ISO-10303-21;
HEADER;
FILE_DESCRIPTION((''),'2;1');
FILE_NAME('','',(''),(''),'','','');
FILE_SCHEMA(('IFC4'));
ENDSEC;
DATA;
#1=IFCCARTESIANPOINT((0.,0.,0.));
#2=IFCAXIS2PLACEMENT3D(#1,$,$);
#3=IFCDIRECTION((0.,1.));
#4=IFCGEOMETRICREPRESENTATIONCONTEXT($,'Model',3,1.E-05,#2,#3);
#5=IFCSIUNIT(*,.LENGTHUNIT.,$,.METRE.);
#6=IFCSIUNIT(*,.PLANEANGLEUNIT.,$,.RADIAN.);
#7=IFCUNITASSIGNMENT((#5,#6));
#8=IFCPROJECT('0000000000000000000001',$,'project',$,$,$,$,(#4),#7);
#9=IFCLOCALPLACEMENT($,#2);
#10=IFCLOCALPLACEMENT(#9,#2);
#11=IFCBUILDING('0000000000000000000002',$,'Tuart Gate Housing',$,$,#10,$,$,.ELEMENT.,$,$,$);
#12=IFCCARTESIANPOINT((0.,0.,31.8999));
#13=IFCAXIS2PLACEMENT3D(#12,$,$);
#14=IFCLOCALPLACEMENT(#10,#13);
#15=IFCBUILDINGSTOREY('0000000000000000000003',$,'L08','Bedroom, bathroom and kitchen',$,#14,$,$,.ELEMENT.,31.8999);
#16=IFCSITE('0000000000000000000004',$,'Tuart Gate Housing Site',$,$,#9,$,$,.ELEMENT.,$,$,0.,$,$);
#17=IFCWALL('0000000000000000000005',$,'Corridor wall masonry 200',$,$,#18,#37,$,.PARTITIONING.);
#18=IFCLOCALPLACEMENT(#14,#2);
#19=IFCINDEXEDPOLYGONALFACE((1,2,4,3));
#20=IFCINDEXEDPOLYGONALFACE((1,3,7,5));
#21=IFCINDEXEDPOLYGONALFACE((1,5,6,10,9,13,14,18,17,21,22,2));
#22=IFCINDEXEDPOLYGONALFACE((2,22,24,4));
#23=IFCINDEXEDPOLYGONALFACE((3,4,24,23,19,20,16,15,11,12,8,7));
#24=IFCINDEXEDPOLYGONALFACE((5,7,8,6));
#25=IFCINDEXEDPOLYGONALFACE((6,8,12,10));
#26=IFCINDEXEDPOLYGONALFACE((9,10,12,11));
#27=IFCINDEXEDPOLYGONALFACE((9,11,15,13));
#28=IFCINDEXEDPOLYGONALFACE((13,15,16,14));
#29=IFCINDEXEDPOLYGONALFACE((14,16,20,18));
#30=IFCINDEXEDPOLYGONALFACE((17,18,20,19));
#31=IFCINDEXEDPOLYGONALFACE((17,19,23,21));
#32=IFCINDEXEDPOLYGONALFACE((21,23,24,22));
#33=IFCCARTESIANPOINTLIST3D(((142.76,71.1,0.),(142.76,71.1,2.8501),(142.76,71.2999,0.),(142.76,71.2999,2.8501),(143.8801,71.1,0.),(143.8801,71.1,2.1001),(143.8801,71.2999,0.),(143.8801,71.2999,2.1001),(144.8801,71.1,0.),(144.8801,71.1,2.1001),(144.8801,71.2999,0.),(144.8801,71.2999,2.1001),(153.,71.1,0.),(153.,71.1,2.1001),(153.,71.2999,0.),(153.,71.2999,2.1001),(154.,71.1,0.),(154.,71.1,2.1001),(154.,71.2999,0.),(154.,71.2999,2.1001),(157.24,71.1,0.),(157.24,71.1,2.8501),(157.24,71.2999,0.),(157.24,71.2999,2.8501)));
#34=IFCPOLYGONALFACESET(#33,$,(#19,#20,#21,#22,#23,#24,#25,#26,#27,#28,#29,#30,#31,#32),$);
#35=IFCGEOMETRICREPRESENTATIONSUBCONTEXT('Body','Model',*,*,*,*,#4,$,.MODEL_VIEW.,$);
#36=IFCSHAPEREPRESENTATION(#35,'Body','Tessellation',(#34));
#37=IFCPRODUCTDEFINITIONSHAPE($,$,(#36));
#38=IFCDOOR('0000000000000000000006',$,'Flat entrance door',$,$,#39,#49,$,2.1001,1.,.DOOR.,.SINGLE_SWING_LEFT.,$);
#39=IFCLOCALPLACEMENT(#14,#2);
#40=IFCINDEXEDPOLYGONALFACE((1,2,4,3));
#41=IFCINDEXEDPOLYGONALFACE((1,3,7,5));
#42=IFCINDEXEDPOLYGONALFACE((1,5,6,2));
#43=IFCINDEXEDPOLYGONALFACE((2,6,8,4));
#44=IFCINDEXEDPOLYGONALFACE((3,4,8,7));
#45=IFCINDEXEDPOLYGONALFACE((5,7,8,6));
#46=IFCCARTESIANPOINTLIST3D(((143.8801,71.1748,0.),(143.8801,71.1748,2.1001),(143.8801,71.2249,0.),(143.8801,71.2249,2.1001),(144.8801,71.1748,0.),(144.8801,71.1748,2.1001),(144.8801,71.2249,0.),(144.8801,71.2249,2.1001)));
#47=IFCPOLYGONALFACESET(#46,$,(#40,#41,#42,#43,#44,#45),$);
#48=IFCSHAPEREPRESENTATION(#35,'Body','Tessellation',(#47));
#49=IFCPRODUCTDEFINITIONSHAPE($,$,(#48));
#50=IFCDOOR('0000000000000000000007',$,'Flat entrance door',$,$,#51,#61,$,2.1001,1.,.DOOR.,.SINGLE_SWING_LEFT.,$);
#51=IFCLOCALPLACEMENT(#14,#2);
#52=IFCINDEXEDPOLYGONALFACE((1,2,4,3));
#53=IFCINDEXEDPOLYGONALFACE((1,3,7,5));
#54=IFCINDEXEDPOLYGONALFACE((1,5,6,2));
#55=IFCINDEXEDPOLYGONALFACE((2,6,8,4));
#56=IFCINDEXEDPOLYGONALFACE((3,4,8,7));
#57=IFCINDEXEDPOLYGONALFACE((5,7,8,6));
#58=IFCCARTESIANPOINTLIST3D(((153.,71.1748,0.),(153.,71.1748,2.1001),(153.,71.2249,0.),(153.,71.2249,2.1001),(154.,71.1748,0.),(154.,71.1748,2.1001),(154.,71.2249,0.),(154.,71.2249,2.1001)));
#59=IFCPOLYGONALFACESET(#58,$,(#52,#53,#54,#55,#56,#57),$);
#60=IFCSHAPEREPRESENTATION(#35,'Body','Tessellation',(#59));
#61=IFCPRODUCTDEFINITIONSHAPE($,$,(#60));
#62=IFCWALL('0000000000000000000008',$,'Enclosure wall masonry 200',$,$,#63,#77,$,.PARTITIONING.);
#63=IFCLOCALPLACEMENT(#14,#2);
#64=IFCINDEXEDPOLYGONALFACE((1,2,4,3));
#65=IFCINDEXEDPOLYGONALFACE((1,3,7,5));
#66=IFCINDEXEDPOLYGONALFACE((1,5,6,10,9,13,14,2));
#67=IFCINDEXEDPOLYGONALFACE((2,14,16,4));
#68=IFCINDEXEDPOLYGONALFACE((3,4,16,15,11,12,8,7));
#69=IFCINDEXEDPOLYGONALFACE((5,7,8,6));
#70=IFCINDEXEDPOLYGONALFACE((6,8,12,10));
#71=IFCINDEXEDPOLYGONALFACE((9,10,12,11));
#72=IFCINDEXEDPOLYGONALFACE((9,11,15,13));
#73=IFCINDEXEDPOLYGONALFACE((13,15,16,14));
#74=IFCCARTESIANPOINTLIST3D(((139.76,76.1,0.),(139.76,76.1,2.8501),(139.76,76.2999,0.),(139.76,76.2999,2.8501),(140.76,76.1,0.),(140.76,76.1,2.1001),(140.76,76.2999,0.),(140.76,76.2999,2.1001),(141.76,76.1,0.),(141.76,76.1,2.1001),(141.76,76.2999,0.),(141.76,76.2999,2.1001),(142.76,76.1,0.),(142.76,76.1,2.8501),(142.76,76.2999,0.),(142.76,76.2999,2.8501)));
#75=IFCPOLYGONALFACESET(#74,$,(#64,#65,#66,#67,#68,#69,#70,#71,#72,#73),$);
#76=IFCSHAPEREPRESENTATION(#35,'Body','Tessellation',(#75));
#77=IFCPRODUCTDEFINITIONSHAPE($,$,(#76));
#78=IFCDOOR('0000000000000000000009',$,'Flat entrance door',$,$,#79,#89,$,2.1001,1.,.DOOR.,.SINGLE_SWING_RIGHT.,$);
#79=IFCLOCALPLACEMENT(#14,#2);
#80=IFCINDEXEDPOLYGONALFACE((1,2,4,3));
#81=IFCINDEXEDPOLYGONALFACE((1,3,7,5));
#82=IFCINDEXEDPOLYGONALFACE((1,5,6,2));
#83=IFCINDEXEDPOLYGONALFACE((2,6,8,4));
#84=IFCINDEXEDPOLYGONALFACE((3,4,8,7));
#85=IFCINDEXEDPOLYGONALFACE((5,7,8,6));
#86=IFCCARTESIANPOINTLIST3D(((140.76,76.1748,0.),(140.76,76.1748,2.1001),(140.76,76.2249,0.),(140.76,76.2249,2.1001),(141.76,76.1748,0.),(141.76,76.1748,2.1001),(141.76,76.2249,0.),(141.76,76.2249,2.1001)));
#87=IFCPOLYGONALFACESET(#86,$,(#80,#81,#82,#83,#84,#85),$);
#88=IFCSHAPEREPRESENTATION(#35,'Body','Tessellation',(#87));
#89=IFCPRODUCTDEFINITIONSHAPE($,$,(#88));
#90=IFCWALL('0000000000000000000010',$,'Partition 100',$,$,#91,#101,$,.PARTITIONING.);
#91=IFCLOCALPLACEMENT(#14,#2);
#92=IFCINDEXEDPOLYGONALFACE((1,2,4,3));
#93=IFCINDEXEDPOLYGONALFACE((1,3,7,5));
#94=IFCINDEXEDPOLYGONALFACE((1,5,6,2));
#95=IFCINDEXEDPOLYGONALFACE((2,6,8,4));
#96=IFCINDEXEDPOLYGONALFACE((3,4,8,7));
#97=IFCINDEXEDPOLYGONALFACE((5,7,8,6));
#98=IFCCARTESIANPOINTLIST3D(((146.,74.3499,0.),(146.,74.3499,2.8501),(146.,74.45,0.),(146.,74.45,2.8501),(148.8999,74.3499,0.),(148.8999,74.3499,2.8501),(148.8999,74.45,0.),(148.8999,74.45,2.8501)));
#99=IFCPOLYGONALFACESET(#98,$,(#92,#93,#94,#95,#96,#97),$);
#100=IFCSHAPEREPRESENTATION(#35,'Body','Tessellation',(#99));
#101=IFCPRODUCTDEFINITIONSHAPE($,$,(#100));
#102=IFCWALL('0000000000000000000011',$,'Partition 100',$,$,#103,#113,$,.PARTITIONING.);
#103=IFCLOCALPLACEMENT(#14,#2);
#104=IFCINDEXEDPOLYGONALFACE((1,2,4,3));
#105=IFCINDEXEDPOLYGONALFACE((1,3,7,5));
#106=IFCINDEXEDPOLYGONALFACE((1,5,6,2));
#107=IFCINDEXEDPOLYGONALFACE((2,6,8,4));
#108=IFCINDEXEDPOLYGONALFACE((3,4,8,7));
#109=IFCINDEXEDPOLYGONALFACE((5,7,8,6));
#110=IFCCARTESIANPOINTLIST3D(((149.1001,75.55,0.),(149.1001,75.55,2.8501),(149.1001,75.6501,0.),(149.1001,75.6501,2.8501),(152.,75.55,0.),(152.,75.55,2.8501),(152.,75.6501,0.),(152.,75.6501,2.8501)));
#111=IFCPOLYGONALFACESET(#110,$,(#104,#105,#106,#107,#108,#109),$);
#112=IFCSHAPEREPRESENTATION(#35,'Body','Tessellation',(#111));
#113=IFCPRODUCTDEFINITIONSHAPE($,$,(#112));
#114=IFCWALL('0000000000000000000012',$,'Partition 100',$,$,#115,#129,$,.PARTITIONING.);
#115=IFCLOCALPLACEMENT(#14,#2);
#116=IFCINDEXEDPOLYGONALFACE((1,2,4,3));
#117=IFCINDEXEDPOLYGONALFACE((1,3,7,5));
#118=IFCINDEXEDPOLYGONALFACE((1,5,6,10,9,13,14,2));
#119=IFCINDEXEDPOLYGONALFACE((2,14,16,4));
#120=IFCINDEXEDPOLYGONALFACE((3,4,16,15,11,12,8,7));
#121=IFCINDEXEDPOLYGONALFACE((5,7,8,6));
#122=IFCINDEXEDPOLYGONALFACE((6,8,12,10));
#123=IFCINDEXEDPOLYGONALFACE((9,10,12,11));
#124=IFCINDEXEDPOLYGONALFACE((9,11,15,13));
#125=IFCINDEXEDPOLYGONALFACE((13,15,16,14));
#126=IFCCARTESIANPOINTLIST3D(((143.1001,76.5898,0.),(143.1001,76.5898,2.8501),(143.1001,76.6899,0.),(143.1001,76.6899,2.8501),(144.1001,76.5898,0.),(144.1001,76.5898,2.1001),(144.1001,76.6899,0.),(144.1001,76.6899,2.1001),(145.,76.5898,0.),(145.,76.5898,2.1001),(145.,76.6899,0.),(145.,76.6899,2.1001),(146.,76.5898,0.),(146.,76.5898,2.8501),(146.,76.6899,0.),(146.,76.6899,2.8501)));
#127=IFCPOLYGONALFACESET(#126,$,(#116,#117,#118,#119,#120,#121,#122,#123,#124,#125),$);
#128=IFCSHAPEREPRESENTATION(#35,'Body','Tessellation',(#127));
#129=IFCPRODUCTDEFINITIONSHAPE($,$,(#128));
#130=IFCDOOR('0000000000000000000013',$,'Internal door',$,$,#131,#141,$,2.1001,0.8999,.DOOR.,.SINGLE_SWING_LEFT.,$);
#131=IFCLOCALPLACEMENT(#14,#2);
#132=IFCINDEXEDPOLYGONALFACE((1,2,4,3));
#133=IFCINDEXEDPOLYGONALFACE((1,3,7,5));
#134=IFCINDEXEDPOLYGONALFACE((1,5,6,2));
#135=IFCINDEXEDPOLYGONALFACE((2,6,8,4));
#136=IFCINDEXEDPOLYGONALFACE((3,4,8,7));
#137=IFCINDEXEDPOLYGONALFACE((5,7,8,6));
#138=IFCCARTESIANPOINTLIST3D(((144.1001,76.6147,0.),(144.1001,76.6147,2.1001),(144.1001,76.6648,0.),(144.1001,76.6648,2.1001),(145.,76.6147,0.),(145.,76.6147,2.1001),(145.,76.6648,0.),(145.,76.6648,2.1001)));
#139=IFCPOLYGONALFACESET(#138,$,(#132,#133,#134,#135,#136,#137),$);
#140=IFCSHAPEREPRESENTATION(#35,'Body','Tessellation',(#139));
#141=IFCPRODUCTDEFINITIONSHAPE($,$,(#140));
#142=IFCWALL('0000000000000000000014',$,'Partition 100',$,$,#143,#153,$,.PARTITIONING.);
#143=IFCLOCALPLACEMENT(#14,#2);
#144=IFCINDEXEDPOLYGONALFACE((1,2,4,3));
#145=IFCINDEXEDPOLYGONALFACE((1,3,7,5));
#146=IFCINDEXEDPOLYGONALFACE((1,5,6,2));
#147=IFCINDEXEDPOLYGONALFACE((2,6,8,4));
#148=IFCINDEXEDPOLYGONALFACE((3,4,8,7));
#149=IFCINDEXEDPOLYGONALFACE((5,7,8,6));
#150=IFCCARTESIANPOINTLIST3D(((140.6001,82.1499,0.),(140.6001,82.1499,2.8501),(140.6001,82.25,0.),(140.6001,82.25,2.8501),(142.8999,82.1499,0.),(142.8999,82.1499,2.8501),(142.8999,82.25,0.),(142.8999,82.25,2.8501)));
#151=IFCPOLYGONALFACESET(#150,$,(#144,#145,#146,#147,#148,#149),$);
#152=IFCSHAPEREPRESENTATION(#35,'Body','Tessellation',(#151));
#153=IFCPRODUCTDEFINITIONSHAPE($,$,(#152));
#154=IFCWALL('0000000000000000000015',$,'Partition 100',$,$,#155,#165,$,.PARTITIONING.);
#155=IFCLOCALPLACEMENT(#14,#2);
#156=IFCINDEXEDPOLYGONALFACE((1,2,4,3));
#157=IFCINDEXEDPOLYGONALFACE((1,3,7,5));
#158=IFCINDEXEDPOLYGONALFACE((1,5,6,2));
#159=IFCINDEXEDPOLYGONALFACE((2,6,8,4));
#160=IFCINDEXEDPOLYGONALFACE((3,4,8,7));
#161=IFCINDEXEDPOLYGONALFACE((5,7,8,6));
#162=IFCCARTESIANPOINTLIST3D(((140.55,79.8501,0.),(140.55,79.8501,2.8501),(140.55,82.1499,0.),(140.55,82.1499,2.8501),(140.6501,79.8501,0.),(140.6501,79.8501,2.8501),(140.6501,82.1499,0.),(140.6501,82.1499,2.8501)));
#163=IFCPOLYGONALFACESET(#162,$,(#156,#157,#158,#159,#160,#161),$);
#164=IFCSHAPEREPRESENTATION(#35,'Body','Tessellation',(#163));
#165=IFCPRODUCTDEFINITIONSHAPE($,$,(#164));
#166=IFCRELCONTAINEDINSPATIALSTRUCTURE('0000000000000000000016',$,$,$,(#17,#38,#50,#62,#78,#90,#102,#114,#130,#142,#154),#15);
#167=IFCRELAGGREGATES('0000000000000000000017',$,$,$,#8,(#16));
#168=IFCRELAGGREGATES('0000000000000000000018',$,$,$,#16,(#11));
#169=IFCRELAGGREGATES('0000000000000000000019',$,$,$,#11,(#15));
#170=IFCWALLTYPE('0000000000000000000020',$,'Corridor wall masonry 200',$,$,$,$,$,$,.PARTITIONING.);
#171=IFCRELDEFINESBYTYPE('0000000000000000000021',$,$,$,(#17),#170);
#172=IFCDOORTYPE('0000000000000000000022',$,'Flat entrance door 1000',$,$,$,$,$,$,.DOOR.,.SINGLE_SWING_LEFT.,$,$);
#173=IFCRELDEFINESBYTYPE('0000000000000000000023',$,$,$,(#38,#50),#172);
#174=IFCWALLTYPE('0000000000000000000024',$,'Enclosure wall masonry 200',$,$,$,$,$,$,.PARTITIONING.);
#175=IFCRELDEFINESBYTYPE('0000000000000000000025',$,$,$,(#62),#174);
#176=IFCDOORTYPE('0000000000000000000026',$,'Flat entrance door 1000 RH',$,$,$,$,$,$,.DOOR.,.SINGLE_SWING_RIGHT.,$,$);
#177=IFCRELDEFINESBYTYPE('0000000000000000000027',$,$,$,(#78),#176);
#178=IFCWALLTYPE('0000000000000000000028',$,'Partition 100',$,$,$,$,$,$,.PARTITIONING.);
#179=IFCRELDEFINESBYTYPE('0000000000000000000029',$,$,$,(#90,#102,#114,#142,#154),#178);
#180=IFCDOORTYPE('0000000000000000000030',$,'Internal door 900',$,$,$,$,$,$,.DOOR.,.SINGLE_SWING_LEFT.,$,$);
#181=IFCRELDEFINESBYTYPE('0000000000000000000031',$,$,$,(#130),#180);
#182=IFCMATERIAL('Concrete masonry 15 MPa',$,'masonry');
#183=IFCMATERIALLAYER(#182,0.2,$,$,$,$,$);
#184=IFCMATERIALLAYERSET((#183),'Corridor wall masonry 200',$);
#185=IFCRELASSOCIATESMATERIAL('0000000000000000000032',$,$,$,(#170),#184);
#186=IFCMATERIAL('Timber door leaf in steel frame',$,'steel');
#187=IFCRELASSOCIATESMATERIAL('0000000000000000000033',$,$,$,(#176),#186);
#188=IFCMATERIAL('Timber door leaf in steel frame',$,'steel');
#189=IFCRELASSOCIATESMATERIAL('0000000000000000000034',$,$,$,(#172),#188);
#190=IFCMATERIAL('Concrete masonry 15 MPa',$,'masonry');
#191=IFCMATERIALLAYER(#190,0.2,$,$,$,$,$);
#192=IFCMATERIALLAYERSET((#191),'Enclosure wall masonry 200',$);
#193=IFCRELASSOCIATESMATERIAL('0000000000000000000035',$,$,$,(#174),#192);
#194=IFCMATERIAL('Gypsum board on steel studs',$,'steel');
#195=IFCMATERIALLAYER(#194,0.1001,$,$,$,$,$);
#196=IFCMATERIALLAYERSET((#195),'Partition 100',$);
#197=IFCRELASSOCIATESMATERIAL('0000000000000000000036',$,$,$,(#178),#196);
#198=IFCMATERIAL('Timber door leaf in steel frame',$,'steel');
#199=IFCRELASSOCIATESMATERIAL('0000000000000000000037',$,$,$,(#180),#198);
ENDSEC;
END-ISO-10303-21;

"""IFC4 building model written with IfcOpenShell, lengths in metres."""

from ifc_helpers import new_model, si_unit, direction, frame, frame_2d, origin, place, context, subcontext, project, spatial, rectangle, extrude, material, layer, layer_set, type_object, element, fill, save


model = new_model("IFC4")

# Units and contexts
model_context = context("Model", 3, precision=1e-05, world=origin(), true_north=direction((0.0, 1.0)))
body_context = subcontext(model_context, "Body", "Model", "MODEL_VIEW")
ifc_project = project(units=[si_unit("LENGTHUNIT", "METRE"), si_unit("PLANEANGLEUNIT", "RADIAN")], contexts=[model_context])

# Site, building, storey
site_placement = place(None, origin())
site = spatial("IfcSite", under=ifc_project, at=site_placement, Name="Tuart Gate Housing Site", CompositionType="ELEMENT", RefElevation=0.0)
building_placement = place(site_placement, origin())
building = spatial("IfcBuilding", under=site, at=building_placement, Name="Tuart Gate Housing", CompositionType="ELEMENT")
storey_placement = place(building_placement, frame((0.0, 0.0, 31.8999)))
storey = spatial("IfcBuildingStorey", under=building, at=storey_placement, Name="L08", Description="Bedroom, bathroom and kitchen", CompositionType="ELEMENT", Elevation=31.8999)

# Wall, openings, doors
ifc_material_1 = material(Name="Concrete masonry 15 MPa", Category="masonry")
ifc_layer_1 = layer(ifc_material_1, 0.2)
ifc_layer_set_1 = layer_set([ifc_layer_1], Name="Corridor wall masonry 200")
wall_type_1 = type_object("IfcWallType", Name="Corridor wall masonry 200", PredefinedType="PARTITIONING", material=ifc_layer_set_1)
ifc_material_2 = material(Name="Timber door leaf in steel frame", Category="steel")
door_type_1 = type_object("IfcDoorType", Name="Flat entrance door 1000 RH", OperationType="SINGLE_SWING_RIGHT", PredefinedType="DOOR", material=ifc_material_2)
wall_1_placement = place(storey_placement, frame((142.76, 71.2, 0.0), z_axis=(0.0, 0.0, 1.0), x_axis=(1.0, 0.0, 0.0)))
wall_1 = element("IfcWall", 1, at=wall_1_placement, inside=storey, type_object=wall_type_1, Name="Corridor wall masonry 200", PredefinedType="PARTITIONING", context=body_context, shape_type="SweptSolid", body=[
    extrude(rectangle(XDim=14.48, YDim=0.2, at=frame_2d((7.24, 0.0))), origin(), (0.0, 0.0, 1.0), 2.8501),
])
opening_1_placement = place(wall_1_placement, frame((1.1201, 0.0, 0.0)))
opening_1 = element("IfcOpeningElement", 2, at=opening_1_placement, cuts=wall_1, PredefinedType="OPENING", context=body_context, shape_type="SweptSolid", body=[
    extrude(rectangle(XDim=1.0, YDim=2.1001, at=frame_2d((0.5, 1.05))), frame((0.0, 0.1099, 0.0), z_axis=(0.0, -1.0, 0.0), x_axis=(1.0, 0.0, 0.0)), (0.0, 0.0, 1.0), 0.22),
])
opening_2_placement = place(wall_1_placement, frame((10.24, 0.0, 0.0)))
opening_2 = element("IfcOpeningElement", 3, at=opening_2_placement, cuts=wall_1, PredefinedType="OPENING", context=body_context, shape_type="SweptSolid", body=[
    extrude(rectangle(XDim=1.0, YDim=2.1001, at=frame_2d((0.5, 1.05))), frame((0.0, 0.1099, 0.0), z_axis=(0.0, -1.0, 0.0), x_axis=(1.0, 0.0, 0.0)), (0.0, 0.0, 1.0), 0.22),
])
ifc_material_3 = material(Name="Timber door leaf in steel frame", Category="steel")
door_type_2 = type_object("IfcDoorType", Name="Flat entrance door 1000", OperationType="SINGLE_SWING_LEFT", PredefinedType="DOOR", material=ifc_material_3)
door_1_placement = place(opening_1_placement, origin())
door_1 = element("IfcDoor", 4, at=door_1_placement, inside=storey, type_object=door_type_2, Name="Flat entrance door", OperationType="SINGLE_SWING_LEFT", OverallHeight=2.1001, OverallWidth=1.0, PredefinedType="DOOR", context=body_context, shape_type="SweptSolid", body=[
    extrude(rectangle(XDim=1.0, YDim=2.1001, at=frame_2d((0.5, 1.05))), frame((0.0, 0.0249, 0.0), z_axis=(0.0, -1.0, 0.0), x_axis=(1.0, 0.0, 0.0)), (0.0, 0.0, 1.0), 0.05),
])
fill(opening_1, door_1)
door_2_placement = place(opening_2_placement, origin())
door_2 = element("IfcDoor", 5, at=door_2_placement, inside=storey, type_object=door_type_2, Name="Flat entrance door", OperationType="SINGLE_SWING_LEFT", OverallHeight=2.1001, OverallWidth=1.0, PredefinedType="DOOR", context=body_context, shape_type="SweptSolid", body=[
    extrude(rectangle(XDim=1.0, YDim=2.1001, at=frame_2d((0.5, 1.05))), frame((0.0, 0.0249, 0.0), z_axis=(0.0, -1.0, 0.0), x_axis=(1.0, 0.0, 0.0)), (0.0, 0.0, 1.0), 0.05),
])
fill(opening_2, door_2)

# Wall, opening, door
ifc_material_4 = material(Name="Concrete masonry 15 MPa", Category="masonry")
ifc_layer_2 = layer(ifc_material_4, 0.2)
ifc_layer_set_2 = layer_set([ifc_layer_2], Name="Enclosure wall masonry 200")
wall_type_2 = type_object("IfcWallType", Name="Enclosure wall masonry 200", PredefinedType="PARTITIONING", material=ifc_layer_set_2)
wall_2_placement = place(storey_placement, frame((139.76, 76.2, 0.0), z_axis=(0.0, 0.0, 1.0), x_axis=(1.0, 0.0, 0.0)))
wall_2 = element("IfcWall", 6, at=wall_2_placement, inside=storey, type_object=wall_type_2, Name="Enclosure wall masonry 200", PredefinedType="PARTITIONING", context=body_context, shape_type="SweptSolid", body=[
    extrude(rectangle(XDim=3.0, YDim=0.2, at=frame_2d((1.5, 0.0))), origin(), (0.0, 0.0, 1.0), 2.8501),
])
opening_3_placement = place(wall_2_placement, frame((1.0, 0.0, 0.0)))
opening_3 = element("IfcOpeningElement", 7, at=opening_3_placement, cuts=wall_2, PredefinedType="OPENING", context=body_context, shape_type="SweptSolid", body=[
    extrude(rectangle(XDim=1.0, YDim=2.1001, at=frame_2d((0.5, 1.05))), frame((0.0, 0.1099, 0.0), z_axis=(0.0, -1.0, 0.0), x_axis=(1.0, 0.0, 0.0)), (0.0, 0.0, 1.0), 0.22),
])
door_3_placement = place(opening_3_placement, origin())
door_3 = element("IfcDoor", 8, at=door_3_placement, inside=storey, type_object=door_type_1, Name="Flat entrance door", OperationType="SINGLE_SWING_RIGHT", OverallHeight=2.1001, OverallWidth=1.0, PredefinedType="DOOR", context=body_context, shape_type="SweptSolid", body=[
    extrude(rectangle(XDim=1.0, YDim=2.1001, at=frame_2d((0.5, 1.05))), frame((0.0, 0.0249, 0.0), z_axis=(0.0, -1.0, 0.0), x_axis=(1.0, 0.0, 0.0)), (0.0, 0.0, 1.0), 0.05),
])
fill(opening_3, door_3)

# Walls
ifc_material_5 = material(Name="Gypsum board on steel studs", Category="steel")
ifc_layer_3 = layer(ifc_material_5, 0.1001)
ifc_layer_set_3 = layer_set([ifc_layer_3], Name="Partition 100")
wall_type_3 = type_object("IfcWallType", Name="Partition 100", PredefinedType="PARTITIONING", material=ifc_layer_set_3)
for number, where, z_axis, x_axis, name in (
    (9, (146.0, 74.3999, 0.0), (0.0, 0.0, 1.0), (1.0, 0.0, 0.0), "Partition 100"),
    (10, (149.1001, 75.6001, 0.0), (0.0, 0.0, 1.0), (1.0, 0.0, 0.0), "Partition 100"),
):
    element("IfcWall", number, at=place(storey_placement, frame(where, z_axis=z_axis, x_axis=x_axis)), inside=storey, type_object=wall_type_3, Name=name, PredefinedType="PARTITIONING", context=body_context, shape_type="SweptSolid", body=[
        extrude(rectangle(XDim=2.8999, YDim=0.1001, at=frame_2d((1.45, 0.0))), origin(), (0.0, 0.0, 1.0), 2.8501),
    ])

# Wall, opening, door
wall_3_placement = place(storey_placement, frame((143.1001, 76.6399, 0.0), z_axis=(0.0, 0.0, 1.0), x_axis=(1.0, 0.0, 0.0)))
wall_3 = element("IfcWall", 11, at=wall_3_placement, inside=storey, type_object=wall_type_3, Name="Partition 100", PredefinedType="PARTITIONING", context=body_context, shape_type="SweptSolid", body=[
    extrude(rectangle(XDim=2.8999, YDim=0.1001, at=frame_2d((1.45, 0.0))), origin(), (0.0, 0.0, 1.0), 2.8501),
])
opening_4_placement = place(wall_3_placement, frame((1.0, 0.0, 0.0)))
opening_4 = element("IfcOpeningElement", 12, at=opening_4_placement, cuts=wall_3, PredefinedType="OPENING", context=body_context, shape_type="SweptSolid", body=[
    extrude(rectangle(XDim=0.8999, YDim=2.1001, at=frame_2d((0.45, 1.05))), frame((0.0, 0.0601, 0.0), z_axis=(0.0, -1.0, 0.0), x_axis=(1.0, 0.0, 0.0)), (0.0, 0.0, 1.0), 0.1201),
])
ifc_material_6 = material(Name="Timber door leaf in steel frame", Category="steel")
door_type_3 = type_object("IfcDoorType", Name="Internal door 900", OperationType="SINGLE_SWING_LEFT", PredefinedType="DOOR", material=ifc_material_6)
door_4_placement = place(opening_4_placement, frame((0.8999, 0.0, 0.0), z_axis=(0.0, 0.0, 1.0), x_axis=(-1.0, 0.0, 0.0)))
door_4 = element("IfcDoor", 13, at=door_4_placement, inside=storey, type_object=door_type_3, Name="Internal door", OperationType="SINGLE_SWING_LEFT", OverallHeight=2.1001, OverallWidth=0.8999, PredefinedType="DOOR", context=body_context, shape_type="SweptSolid", body=[
    extrude(rectangle(XDim=0.8999, YDim=2.1001, at=frame_2d((0.45, 1.05))), frame((0.0, 0.0251, 0.0), z_axis=(0.0, -1.0, 0.0), x_axis=(1.0, 0.0, 0.0)), (0.0, 0.0, 1.0), 0.05),
])
fill(opening_4, door_4)

# Walls
for number, where, z_axis, x_axis, name in (
    (14, (140.6001, 82.2, 0.0), (0.0, 0.0, 1.0), (1.0, 0.0, 0.0), "Partition 100"),
    (15, (140.6001, 79.8501, 0.0), (0.0, 0.0, 1.0), (0.0, 1.0, 0.0), "Partition 100"),
):
    element("IfcWall", number, at=place(storey_placement, frame(where, z_axis=z_axis, x_axis=x_axis)), inside=storey, type_object=wall_type_3, Name=name, PredefinedType="PARTITIONING", context=body_context, shape_type="SweptSolid", body=[
        extrude(rectangle(XDim=2.2998, YDim=0.1001, at=frame_2d((1.1499, 0.0))), origin(), (0.0, 0.0, 1.0), 2.8501),
    ])

save(model, "model.ifc")
